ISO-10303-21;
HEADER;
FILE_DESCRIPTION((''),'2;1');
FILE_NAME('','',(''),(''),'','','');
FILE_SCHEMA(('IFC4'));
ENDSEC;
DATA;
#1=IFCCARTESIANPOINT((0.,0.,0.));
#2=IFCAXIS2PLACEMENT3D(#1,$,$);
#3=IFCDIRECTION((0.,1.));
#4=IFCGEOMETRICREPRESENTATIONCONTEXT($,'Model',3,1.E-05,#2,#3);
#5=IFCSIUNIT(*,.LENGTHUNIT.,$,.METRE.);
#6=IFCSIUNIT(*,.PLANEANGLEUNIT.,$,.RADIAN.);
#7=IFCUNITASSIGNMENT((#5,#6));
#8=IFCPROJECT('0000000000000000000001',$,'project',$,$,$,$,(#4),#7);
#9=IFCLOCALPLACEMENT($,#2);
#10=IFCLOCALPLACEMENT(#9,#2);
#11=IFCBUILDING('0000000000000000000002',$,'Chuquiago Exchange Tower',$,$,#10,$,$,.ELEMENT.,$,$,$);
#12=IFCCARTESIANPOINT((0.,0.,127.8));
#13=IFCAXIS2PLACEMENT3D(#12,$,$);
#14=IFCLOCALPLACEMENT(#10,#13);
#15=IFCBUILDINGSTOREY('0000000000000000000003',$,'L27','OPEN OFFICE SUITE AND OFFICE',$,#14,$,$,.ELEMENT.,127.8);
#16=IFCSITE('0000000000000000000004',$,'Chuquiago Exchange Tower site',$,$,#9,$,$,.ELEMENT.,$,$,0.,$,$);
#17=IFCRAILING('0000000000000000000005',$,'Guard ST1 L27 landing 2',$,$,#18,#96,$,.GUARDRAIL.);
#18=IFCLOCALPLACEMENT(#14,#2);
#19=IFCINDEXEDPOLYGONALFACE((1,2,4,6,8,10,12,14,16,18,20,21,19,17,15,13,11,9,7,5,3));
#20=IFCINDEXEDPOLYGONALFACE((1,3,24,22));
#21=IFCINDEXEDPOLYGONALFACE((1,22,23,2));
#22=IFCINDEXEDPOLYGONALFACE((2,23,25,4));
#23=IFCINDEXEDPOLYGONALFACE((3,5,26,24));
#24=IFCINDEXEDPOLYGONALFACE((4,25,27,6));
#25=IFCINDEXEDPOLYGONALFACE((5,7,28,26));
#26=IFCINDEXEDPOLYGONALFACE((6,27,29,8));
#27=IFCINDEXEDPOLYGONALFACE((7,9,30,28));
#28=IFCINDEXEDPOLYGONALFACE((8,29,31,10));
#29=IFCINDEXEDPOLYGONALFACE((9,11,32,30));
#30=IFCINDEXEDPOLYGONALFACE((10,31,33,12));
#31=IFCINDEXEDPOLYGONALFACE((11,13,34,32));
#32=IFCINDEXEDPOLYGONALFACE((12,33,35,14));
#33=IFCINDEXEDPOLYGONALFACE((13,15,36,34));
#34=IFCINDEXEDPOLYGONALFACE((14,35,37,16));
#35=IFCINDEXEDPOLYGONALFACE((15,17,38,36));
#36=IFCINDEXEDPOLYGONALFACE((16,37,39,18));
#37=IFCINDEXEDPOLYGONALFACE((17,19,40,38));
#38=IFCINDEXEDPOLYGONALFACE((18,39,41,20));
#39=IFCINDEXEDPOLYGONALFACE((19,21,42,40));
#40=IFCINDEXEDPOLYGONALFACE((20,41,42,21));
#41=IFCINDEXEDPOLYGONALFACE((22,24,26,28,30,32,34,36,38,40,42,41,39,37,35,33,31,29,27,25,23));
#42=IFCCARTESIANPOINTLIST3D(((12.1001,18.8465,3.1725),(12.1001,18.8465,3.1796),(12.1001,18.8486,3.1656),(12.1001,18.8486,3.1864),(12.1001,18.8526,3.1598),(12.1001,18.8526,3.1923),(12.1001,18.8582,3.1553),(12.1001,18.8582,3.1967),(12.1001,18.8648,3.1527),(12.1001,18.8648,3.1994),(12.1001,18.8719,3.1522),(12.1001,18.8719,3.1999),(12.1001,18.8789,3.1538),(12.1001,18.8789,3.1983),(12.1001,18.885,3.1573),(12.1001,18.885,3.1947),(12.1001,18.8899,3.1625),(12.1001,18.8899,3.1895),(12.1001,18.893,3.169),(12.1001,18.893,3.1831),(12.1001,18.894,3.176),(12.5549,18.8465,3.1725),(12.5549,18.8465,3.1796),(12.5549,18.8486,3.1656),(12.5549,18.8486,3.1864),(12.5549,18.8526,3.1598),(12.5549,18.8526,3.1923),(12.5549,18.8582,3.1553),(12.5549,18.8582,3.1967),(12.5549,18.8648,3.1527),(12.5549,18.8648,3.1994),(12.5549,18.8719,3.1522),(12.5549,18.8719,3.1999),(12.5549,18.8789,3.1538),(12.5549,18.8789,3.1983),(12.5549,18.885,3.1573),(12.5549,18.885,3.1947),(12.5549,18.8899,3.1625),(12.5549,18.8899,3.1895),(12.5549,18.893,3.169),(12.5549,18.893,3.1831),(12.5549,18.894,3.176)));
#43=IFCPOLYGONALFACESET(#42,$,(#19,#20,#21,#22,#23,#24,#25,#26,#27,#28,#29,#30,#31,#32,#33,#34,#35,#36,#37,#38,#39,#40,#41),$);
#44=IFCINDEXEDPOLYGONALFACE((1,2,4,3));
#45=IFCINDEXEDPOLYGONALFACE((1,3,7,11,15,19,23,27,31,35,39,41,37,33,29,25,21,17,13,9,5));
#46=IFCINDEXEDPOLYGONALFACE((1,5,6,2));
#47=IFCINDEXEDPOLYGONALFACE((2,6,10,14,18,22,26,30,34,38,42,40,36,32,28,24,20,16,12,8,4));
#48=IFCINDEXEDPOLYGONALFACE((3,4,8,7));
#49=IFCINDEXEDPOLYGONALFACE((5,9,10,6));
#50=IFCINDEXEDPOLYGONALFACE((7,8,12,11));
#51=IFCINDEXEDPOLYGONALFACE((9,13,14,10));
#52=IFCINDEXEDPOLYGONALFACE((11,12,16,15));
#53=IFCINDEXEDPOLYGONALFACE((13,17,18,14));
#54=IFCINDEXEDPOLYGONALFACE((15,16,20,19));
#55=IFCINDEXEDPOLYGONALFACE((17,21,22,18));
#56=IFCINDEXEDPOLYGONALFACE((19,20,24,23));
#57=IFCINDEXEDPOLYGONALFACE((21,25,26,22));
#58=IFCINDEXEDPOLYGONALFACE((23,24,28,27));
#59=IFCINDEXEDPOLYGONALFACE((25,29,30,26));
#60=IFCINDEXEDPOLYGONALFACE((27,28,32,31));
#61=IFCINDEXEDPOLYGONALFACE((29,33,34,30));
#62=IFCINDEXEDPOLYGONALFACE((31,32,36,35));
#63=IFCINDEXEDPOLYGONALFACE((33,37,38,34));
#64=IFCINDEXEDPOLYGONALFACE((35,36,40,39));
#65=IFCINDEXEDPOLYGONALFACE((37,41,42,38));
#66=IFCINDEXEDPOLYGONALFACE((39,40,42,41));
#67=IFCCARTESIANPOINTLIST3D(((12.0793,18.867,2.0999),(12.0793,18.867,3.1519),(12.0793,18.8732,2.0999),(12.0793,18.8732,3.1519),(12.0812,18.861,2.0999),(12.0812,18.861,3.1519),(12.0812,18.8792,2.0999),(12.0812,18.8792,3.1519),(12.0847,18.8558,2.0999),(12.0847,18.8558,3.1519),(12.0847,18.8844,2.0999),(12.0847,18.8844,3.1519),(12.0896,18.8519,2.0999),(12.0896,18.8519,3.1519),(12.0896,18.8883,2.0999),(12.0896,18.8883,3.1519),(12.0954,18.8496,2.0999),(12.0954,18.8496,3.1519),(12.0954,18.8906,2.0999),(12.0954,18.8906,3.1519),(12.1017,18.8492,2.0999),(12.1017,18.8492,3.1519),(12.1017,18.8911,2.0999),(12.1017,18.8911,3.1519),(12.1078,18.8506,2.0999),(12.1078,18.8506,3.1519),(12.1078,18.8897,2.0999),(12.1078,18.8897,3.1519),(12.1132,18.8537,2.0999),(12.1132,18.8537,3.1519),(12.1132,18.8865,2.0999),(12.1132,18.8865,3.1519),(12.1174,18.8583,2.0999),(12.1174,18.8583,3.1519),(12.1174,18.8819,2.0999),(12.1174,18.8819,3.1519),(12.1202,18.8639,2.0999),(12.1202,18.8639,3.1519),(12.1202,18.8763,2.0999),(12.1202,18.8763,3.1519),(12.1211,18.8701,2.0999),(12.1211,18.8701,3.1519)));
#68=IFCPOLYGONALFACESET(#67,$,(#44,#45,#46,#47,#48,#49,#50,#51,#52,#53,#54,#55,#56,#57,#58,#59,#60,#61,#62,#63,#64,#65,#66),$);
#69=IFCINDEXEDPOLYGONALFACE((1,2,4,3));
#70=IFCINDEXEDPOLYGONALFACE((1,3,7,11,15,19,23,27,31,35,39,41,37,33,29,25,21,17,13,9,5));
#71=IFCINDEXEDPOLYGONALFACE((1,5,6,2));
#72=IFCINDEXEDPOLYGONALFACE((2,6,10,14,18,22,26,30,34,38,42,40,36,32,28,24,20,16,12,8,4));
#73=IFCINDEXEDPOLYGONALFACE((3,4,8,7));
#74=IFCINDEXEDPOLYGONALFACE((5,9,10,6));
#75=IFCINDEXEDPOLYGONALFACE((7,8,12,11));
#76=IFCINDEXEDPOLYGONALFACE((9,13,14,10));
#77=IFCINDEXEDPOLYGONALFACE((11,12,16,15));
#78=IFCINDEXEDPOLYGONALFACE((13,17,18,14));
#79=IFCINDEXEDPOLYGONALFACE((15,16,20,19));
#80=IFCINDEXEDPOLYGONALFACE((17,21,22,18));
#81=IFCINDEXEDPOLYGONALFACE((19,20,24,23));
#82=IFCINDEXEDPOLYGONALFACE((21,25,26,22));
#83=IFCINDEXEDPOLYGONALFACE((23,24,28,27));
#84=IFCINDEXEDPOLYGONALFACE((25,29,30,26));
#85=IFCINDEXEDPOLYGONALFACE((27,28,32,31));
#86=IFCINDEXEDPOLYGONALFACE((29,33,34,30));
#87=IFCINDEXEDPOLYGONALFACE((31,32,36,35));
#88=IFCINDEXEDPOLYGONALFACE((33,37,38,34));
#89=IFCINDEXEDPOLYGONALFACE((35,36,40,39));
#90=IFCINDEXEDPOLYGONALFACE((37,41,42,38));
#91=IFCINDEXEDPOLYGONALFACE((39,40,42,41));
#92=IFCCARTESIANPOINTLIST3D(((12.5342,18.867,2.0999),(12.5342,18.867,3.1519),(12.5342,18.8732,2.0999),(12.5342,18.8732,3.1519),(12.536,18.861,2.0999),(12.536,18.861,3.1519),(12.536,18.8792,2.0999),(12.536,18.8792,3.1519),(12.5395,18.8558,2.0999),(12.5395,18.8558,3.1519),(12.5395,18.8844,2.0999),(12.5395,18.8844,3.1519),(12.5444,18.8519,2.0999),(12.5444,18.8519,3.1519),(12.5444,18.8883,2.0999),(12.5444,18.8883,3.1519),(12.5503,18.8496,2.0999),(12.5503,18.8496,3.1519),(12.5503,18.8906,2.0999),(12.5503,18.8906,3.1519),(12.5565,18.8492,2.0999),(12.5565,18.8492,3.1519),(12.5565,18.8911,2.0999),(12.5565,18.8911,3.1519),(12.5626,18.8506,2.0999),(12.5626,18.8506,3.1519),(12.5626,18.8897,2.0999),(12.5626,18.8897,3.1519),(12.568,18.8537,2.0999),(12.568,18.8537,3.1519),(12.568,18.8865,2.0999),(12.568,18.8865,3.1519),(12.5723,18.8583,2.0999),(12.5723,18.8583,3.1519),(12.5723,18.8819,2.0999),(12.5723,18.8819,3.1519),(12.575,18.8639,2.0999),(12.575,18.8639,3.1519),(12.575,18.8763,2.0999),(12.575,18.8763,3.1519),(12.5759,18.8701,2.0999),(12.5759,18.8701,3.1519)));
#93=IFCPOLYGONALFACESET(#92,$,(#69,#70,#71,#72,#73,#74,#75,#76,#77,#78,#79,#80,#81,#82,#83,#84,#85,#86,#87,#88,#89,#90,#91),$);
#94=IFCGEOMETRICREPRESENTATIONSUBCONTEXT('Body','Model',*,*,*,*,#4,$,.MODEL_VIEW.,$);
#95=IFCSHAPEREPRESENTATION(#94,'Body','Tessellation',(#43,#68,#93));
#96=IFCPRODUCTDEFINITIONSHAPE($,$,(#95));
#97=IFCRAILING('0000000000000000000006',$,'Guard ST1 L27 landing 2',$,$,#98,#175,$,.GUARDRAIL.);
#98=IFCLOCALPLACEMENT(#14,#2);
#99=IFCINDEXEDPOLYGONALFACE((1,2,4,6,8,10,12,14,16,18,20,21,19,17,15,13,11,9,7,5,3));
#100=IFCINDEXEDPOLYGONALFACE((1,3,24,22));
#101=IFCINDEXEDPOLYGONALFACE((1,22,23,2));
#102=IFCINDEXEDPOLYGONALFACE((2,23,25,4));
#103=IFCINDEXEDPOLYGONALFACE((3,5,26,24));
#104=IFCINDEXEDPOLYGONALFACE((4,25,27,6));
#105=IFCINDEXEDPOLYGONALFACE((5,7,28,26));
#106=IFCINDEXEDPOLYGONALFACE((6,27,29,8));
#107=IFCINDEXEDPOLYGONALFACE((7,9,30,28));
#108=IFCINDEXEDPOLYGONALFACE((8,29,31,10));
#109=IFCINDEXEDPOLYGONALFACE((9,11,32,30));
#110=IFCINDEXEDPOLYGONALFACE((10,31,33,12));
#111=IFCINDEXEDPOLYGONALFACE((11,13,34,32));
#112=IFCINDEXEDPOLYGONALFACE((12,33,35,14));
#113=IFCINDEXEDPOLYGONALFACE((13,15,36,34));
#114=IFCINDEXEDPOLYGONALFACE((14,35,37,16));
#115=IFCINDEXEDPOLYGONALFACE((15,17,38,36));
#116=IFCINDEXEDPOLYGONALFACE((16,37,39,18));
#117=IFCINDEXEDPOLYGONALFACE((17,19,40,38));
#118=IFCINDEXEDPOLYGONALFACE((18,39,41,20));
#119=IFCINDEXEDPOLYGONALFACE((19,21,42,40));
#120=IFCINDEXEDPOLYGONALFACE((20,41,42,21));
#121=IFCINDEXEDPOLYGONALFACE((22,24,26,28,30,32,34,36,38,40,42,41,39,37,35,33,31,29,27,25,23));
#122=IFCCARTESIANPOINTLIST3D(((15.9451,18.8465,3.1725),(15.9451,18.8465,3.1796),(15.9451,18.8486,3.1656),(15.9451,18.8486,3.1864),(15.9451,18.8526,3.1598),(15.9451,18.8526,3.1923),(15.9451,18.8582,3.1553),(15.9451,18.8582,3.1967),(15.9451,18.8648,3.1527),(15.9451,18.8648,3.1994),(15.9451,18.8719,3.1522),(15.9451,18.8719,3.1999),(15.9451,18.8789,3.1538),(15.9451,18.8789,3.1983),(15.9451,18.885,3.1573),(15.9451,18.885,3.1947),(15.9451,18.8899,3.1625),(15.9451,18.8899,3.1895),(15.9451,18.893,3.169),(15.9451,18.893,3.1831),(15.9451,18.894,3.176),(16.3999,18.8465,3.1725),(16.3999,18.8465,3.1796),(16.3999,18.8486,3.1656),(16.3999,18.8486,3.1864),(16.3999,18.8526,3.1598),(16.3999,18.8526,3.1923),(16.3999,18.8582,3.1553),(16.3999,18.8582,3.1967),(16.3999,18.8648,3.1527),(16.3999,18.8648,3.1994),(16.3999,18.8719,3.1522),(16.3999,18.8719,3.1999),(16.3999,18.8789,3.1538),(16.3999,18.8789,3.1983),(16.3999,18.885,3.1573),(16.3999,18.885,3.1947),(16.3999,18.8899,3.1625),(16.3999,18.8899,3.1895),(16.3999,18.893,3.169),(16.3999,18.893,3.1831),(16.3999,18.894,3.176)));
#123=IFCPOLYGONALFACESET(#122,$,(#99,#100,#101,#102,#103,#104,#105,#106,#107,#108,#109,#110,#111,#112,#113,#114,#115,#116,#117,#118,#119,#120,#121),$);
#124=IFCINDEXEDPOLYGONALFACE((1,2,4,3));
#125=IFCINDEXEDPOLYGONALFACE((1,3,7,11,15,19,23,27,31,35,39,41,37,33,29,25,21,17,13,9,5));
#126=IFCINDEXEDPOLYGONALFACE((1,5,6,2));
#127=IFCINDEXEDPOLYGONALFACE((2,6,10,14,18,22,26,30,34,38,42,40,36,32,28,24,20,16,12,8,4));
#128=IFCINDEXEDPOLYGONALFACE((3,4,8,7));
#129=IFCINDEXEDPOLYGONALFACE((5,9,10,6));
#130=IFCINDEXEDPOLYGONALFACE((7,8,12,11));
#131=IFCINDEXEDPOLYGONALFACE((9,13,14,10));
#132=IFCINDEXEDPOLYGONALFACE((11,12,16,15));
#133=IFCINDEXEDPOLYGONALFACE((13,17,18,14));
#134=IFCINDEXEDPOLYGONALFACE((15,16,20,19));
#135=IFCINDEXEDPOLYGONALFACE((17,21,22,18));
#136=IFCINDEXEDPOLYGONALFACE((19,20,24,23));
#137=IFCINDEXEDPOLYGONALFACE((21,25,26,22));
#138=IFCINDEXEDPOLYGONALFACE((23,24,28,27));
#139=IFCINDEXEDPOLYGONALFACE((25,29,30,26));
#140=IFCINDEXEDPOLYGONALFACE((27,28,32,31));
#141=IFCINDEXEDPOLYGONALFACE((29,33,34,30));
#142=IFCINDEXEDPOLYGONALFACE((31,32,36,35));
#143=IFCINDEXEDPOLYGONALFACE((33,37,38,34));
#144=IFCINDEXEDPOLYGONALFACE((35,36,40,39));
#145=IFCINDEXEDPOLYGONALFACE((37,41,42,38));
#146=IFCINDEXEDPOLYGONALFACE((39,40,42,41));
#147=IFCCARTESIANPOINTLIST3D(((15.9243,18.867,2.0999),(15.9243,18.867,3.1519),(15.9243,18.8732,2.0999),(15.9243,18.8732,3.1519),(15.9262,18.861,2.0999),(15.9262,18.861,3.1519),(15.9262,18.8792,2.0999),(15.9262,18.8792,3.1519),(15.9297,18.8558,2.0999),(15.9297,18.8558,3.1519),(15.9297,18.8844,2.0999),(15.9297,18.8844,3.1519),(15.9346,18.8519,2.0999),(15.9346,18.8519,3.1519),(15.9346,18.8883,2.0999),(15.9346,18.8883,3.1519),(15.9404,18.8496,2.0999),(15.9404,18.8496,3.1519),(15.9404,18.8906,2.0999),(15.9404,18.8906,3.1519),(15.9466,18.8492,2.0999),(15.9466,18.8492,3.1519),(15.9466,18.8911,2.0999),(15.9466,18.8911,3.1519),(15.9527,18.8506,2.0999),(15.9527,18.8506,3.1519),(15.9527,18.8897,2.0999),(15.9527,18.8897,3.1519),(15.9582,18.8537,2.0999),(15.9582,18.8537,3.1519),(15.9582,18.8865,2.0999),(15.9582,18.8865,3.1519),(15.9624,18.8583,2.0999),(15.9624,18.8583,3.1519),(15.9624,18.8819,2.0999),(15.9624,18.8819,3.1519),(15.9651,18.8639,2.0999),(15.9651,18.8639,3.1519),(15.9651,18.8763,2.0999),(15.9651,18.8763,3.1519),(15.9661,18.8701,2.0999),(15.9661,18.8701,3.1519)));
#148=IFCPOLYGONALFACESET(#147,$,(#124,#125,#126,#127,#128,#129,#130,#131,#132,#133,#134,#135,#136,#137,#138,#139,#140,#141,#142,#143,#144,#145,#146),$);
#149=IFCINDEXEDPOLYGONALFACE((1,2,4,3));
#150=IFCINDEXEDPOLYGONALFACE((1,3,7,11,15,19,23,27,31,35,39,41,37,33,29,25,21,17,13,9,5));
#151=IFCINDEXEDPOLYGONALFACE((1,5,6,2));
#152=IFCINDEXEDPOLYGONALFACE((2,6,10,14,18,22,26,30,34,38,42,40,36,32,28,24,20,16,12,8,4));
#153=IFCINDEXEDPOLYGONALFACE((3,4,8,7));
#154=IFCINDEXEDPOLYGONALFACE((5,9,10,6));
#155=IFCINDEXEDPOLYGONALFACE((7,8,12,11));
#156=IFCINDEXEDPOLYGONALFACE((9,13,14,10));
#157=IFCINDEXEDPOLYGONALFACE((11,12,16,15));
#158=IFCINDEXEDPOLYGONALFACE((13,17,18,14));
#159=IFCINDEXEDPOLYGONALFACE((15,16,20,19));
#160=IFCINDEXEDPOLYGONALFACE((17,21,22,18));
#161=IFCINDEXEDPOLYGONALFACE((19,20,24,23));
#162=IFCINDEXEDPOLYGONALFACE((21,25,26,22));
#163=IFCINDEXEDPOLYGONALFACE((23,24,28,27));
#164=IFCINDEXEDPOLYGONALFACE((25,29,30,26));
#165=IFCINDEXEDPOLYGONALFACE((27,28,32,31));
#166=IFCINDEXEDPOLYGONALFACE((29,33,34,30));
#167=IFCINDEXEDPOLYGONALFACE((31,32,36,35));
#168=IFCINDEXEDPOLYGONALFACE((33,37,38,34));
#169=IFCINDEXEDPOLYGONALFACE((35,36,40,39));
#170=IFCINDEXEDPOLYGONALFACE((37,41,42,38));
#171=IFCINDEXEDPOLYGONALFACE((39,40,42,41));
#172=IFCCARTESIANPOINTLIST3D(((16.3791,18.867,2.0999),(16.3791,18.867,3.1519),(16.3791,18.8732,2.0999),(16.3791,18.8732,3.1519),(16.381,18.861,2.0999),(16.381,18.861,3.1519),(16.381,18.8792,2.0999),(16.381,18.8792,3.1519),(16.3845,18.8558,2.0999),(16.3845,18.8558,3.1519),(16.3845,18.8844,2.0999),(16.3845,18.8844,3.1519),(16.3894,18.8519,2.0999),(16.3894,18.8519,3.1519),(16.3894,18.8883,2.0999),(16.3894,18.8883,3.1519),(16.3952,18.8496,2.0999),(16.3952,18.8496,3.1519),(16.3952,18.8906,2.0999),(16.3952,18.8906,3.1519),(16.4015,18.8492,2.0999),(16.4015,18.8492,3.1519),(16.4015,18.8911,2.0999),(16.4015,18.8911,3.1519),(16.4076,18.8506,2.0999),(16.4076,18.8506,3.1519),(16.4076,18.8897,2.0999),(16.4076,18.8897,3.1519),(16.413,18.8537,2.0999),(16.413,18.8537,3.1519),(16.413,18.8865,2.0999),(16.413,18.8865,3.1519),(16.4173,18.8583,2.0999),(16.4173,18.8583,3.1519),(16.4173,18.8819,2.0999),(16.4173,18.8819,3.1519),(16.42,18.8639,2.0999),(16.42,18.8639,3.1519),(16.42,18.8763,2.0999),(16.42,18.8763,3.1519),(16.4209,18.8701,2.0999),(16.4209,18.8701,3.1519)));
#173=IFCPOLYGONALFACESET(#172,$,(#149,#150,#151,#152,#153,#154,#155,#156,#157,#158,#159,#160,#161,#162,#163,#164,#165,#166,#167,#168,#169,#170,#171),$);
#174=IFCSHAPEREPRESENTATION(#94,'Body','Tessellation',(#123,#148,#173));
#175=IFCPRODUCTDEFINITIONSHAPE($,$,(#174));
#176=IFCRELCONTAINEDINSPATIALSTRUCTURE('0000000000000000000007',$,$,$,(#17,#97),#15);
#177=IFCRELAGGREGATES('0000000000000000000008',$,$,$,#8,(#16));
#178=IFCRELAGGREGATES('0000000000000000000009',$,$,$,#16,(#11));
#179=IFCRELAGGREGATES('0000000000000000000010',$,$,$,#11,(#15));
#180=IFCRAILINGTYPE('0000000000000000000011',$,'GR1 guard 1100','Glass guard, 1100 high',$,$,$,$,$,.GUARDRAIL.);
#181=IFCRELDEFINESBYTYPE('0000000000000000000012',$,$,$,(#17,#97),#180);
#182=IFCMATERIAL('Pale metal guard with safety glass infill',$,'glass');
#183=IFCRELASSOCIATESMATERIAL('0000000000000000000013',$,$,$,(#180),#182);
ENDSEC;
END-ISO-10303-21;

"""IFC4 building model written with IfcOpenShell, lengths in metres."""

from ifc_helpers import new_model, si_unit, direction, frame, origin, origin_2d, place, context, subcontext, project, spatial, circle, extrude, material, type_object, element, save


model = new_model("IFC4")

# Units and contexts
model_context = context("Model", 3, precision=1e-05, world=origin(), true_north=direction((0.0, 1.0)))
body_context = subcontext(model_context, "Body", "Model", "MODEL_VIEW")
ifc_project = project(units=[si_unit("LENGTHUNIT", "METRE"), si_unit("PLANEANGLEUNIT", "RADIAN")], contexts=[model_context])

# Site, building, storey
site_placement = place(None, origin())
site = spatial("IfcSite", under=ifc_project, at=site_placement, Name="Chuquiago Exchange Tower site", CompositionType="ELEMENT", RefElevation=0.0)
building_placement = place(site_placement, origin())
building = spatial("IfcBuilding", under=site, at=building_placement, Name="Chuquiago Exchange Tower", CompositionType="ELEMENT")
storey_placement = place(building_placement, frame((0.0, 0.0, 127.8)))
storey = spatial("IfcBuildingStorey", under=building, at=storey_placement, Name="L27", Description="OPEN OFFICE SUITE AND OFFICE", CompositionType="ELEMENT", Elevation=127.8)

# Railings
ifc_material_1 = material(Name="Pale metal guard with safety glass infill", Category="glass")
railing_type_1 = type_object("IfcRailingType", Name="GR1 guard 1100", Description="Glass guard, 1100 high", PredefinedType="GUARDRAIL", material=ifc_material_1)
for number, where, name in (
    (1, (12.1001, 18.8701, 2.0999), "Guard ST1 L27 landing 2"),
    (2, (15.9451, 18.8701, 2.0999), "Guard ST1 L27 landing 2"),
):
    element("IfcRailing", number, at=place(storey_placement, frame(where)), inside=storey, type_object=railing_type_1, Name=name, PredefinedType="GUARDRAIL", context=body_context, shape_type="SweptSolid", body=[
        extrude(circle(Radius=0.0239, at=origin_2d()), frame((0.0, 0.0, 1.0762), z_axis=(1.0, 0.0, 0.0), x_axis=(0.0, 1.0, 0.0)), (0.0, 0.0, 1.0), 0.4548),
        extrude(circle(Radius=0.021, at=origin_2d()), origin(), (0.0, 0.0, 1.0), 1.052),
        extrude(circle(Radius=0.021, at=origin_2d()), frame((0.4548, 0.0, 0.0)), (0.0, 0.0, 1.0), 1.052),
    ])

save(model, "model.ifc")
